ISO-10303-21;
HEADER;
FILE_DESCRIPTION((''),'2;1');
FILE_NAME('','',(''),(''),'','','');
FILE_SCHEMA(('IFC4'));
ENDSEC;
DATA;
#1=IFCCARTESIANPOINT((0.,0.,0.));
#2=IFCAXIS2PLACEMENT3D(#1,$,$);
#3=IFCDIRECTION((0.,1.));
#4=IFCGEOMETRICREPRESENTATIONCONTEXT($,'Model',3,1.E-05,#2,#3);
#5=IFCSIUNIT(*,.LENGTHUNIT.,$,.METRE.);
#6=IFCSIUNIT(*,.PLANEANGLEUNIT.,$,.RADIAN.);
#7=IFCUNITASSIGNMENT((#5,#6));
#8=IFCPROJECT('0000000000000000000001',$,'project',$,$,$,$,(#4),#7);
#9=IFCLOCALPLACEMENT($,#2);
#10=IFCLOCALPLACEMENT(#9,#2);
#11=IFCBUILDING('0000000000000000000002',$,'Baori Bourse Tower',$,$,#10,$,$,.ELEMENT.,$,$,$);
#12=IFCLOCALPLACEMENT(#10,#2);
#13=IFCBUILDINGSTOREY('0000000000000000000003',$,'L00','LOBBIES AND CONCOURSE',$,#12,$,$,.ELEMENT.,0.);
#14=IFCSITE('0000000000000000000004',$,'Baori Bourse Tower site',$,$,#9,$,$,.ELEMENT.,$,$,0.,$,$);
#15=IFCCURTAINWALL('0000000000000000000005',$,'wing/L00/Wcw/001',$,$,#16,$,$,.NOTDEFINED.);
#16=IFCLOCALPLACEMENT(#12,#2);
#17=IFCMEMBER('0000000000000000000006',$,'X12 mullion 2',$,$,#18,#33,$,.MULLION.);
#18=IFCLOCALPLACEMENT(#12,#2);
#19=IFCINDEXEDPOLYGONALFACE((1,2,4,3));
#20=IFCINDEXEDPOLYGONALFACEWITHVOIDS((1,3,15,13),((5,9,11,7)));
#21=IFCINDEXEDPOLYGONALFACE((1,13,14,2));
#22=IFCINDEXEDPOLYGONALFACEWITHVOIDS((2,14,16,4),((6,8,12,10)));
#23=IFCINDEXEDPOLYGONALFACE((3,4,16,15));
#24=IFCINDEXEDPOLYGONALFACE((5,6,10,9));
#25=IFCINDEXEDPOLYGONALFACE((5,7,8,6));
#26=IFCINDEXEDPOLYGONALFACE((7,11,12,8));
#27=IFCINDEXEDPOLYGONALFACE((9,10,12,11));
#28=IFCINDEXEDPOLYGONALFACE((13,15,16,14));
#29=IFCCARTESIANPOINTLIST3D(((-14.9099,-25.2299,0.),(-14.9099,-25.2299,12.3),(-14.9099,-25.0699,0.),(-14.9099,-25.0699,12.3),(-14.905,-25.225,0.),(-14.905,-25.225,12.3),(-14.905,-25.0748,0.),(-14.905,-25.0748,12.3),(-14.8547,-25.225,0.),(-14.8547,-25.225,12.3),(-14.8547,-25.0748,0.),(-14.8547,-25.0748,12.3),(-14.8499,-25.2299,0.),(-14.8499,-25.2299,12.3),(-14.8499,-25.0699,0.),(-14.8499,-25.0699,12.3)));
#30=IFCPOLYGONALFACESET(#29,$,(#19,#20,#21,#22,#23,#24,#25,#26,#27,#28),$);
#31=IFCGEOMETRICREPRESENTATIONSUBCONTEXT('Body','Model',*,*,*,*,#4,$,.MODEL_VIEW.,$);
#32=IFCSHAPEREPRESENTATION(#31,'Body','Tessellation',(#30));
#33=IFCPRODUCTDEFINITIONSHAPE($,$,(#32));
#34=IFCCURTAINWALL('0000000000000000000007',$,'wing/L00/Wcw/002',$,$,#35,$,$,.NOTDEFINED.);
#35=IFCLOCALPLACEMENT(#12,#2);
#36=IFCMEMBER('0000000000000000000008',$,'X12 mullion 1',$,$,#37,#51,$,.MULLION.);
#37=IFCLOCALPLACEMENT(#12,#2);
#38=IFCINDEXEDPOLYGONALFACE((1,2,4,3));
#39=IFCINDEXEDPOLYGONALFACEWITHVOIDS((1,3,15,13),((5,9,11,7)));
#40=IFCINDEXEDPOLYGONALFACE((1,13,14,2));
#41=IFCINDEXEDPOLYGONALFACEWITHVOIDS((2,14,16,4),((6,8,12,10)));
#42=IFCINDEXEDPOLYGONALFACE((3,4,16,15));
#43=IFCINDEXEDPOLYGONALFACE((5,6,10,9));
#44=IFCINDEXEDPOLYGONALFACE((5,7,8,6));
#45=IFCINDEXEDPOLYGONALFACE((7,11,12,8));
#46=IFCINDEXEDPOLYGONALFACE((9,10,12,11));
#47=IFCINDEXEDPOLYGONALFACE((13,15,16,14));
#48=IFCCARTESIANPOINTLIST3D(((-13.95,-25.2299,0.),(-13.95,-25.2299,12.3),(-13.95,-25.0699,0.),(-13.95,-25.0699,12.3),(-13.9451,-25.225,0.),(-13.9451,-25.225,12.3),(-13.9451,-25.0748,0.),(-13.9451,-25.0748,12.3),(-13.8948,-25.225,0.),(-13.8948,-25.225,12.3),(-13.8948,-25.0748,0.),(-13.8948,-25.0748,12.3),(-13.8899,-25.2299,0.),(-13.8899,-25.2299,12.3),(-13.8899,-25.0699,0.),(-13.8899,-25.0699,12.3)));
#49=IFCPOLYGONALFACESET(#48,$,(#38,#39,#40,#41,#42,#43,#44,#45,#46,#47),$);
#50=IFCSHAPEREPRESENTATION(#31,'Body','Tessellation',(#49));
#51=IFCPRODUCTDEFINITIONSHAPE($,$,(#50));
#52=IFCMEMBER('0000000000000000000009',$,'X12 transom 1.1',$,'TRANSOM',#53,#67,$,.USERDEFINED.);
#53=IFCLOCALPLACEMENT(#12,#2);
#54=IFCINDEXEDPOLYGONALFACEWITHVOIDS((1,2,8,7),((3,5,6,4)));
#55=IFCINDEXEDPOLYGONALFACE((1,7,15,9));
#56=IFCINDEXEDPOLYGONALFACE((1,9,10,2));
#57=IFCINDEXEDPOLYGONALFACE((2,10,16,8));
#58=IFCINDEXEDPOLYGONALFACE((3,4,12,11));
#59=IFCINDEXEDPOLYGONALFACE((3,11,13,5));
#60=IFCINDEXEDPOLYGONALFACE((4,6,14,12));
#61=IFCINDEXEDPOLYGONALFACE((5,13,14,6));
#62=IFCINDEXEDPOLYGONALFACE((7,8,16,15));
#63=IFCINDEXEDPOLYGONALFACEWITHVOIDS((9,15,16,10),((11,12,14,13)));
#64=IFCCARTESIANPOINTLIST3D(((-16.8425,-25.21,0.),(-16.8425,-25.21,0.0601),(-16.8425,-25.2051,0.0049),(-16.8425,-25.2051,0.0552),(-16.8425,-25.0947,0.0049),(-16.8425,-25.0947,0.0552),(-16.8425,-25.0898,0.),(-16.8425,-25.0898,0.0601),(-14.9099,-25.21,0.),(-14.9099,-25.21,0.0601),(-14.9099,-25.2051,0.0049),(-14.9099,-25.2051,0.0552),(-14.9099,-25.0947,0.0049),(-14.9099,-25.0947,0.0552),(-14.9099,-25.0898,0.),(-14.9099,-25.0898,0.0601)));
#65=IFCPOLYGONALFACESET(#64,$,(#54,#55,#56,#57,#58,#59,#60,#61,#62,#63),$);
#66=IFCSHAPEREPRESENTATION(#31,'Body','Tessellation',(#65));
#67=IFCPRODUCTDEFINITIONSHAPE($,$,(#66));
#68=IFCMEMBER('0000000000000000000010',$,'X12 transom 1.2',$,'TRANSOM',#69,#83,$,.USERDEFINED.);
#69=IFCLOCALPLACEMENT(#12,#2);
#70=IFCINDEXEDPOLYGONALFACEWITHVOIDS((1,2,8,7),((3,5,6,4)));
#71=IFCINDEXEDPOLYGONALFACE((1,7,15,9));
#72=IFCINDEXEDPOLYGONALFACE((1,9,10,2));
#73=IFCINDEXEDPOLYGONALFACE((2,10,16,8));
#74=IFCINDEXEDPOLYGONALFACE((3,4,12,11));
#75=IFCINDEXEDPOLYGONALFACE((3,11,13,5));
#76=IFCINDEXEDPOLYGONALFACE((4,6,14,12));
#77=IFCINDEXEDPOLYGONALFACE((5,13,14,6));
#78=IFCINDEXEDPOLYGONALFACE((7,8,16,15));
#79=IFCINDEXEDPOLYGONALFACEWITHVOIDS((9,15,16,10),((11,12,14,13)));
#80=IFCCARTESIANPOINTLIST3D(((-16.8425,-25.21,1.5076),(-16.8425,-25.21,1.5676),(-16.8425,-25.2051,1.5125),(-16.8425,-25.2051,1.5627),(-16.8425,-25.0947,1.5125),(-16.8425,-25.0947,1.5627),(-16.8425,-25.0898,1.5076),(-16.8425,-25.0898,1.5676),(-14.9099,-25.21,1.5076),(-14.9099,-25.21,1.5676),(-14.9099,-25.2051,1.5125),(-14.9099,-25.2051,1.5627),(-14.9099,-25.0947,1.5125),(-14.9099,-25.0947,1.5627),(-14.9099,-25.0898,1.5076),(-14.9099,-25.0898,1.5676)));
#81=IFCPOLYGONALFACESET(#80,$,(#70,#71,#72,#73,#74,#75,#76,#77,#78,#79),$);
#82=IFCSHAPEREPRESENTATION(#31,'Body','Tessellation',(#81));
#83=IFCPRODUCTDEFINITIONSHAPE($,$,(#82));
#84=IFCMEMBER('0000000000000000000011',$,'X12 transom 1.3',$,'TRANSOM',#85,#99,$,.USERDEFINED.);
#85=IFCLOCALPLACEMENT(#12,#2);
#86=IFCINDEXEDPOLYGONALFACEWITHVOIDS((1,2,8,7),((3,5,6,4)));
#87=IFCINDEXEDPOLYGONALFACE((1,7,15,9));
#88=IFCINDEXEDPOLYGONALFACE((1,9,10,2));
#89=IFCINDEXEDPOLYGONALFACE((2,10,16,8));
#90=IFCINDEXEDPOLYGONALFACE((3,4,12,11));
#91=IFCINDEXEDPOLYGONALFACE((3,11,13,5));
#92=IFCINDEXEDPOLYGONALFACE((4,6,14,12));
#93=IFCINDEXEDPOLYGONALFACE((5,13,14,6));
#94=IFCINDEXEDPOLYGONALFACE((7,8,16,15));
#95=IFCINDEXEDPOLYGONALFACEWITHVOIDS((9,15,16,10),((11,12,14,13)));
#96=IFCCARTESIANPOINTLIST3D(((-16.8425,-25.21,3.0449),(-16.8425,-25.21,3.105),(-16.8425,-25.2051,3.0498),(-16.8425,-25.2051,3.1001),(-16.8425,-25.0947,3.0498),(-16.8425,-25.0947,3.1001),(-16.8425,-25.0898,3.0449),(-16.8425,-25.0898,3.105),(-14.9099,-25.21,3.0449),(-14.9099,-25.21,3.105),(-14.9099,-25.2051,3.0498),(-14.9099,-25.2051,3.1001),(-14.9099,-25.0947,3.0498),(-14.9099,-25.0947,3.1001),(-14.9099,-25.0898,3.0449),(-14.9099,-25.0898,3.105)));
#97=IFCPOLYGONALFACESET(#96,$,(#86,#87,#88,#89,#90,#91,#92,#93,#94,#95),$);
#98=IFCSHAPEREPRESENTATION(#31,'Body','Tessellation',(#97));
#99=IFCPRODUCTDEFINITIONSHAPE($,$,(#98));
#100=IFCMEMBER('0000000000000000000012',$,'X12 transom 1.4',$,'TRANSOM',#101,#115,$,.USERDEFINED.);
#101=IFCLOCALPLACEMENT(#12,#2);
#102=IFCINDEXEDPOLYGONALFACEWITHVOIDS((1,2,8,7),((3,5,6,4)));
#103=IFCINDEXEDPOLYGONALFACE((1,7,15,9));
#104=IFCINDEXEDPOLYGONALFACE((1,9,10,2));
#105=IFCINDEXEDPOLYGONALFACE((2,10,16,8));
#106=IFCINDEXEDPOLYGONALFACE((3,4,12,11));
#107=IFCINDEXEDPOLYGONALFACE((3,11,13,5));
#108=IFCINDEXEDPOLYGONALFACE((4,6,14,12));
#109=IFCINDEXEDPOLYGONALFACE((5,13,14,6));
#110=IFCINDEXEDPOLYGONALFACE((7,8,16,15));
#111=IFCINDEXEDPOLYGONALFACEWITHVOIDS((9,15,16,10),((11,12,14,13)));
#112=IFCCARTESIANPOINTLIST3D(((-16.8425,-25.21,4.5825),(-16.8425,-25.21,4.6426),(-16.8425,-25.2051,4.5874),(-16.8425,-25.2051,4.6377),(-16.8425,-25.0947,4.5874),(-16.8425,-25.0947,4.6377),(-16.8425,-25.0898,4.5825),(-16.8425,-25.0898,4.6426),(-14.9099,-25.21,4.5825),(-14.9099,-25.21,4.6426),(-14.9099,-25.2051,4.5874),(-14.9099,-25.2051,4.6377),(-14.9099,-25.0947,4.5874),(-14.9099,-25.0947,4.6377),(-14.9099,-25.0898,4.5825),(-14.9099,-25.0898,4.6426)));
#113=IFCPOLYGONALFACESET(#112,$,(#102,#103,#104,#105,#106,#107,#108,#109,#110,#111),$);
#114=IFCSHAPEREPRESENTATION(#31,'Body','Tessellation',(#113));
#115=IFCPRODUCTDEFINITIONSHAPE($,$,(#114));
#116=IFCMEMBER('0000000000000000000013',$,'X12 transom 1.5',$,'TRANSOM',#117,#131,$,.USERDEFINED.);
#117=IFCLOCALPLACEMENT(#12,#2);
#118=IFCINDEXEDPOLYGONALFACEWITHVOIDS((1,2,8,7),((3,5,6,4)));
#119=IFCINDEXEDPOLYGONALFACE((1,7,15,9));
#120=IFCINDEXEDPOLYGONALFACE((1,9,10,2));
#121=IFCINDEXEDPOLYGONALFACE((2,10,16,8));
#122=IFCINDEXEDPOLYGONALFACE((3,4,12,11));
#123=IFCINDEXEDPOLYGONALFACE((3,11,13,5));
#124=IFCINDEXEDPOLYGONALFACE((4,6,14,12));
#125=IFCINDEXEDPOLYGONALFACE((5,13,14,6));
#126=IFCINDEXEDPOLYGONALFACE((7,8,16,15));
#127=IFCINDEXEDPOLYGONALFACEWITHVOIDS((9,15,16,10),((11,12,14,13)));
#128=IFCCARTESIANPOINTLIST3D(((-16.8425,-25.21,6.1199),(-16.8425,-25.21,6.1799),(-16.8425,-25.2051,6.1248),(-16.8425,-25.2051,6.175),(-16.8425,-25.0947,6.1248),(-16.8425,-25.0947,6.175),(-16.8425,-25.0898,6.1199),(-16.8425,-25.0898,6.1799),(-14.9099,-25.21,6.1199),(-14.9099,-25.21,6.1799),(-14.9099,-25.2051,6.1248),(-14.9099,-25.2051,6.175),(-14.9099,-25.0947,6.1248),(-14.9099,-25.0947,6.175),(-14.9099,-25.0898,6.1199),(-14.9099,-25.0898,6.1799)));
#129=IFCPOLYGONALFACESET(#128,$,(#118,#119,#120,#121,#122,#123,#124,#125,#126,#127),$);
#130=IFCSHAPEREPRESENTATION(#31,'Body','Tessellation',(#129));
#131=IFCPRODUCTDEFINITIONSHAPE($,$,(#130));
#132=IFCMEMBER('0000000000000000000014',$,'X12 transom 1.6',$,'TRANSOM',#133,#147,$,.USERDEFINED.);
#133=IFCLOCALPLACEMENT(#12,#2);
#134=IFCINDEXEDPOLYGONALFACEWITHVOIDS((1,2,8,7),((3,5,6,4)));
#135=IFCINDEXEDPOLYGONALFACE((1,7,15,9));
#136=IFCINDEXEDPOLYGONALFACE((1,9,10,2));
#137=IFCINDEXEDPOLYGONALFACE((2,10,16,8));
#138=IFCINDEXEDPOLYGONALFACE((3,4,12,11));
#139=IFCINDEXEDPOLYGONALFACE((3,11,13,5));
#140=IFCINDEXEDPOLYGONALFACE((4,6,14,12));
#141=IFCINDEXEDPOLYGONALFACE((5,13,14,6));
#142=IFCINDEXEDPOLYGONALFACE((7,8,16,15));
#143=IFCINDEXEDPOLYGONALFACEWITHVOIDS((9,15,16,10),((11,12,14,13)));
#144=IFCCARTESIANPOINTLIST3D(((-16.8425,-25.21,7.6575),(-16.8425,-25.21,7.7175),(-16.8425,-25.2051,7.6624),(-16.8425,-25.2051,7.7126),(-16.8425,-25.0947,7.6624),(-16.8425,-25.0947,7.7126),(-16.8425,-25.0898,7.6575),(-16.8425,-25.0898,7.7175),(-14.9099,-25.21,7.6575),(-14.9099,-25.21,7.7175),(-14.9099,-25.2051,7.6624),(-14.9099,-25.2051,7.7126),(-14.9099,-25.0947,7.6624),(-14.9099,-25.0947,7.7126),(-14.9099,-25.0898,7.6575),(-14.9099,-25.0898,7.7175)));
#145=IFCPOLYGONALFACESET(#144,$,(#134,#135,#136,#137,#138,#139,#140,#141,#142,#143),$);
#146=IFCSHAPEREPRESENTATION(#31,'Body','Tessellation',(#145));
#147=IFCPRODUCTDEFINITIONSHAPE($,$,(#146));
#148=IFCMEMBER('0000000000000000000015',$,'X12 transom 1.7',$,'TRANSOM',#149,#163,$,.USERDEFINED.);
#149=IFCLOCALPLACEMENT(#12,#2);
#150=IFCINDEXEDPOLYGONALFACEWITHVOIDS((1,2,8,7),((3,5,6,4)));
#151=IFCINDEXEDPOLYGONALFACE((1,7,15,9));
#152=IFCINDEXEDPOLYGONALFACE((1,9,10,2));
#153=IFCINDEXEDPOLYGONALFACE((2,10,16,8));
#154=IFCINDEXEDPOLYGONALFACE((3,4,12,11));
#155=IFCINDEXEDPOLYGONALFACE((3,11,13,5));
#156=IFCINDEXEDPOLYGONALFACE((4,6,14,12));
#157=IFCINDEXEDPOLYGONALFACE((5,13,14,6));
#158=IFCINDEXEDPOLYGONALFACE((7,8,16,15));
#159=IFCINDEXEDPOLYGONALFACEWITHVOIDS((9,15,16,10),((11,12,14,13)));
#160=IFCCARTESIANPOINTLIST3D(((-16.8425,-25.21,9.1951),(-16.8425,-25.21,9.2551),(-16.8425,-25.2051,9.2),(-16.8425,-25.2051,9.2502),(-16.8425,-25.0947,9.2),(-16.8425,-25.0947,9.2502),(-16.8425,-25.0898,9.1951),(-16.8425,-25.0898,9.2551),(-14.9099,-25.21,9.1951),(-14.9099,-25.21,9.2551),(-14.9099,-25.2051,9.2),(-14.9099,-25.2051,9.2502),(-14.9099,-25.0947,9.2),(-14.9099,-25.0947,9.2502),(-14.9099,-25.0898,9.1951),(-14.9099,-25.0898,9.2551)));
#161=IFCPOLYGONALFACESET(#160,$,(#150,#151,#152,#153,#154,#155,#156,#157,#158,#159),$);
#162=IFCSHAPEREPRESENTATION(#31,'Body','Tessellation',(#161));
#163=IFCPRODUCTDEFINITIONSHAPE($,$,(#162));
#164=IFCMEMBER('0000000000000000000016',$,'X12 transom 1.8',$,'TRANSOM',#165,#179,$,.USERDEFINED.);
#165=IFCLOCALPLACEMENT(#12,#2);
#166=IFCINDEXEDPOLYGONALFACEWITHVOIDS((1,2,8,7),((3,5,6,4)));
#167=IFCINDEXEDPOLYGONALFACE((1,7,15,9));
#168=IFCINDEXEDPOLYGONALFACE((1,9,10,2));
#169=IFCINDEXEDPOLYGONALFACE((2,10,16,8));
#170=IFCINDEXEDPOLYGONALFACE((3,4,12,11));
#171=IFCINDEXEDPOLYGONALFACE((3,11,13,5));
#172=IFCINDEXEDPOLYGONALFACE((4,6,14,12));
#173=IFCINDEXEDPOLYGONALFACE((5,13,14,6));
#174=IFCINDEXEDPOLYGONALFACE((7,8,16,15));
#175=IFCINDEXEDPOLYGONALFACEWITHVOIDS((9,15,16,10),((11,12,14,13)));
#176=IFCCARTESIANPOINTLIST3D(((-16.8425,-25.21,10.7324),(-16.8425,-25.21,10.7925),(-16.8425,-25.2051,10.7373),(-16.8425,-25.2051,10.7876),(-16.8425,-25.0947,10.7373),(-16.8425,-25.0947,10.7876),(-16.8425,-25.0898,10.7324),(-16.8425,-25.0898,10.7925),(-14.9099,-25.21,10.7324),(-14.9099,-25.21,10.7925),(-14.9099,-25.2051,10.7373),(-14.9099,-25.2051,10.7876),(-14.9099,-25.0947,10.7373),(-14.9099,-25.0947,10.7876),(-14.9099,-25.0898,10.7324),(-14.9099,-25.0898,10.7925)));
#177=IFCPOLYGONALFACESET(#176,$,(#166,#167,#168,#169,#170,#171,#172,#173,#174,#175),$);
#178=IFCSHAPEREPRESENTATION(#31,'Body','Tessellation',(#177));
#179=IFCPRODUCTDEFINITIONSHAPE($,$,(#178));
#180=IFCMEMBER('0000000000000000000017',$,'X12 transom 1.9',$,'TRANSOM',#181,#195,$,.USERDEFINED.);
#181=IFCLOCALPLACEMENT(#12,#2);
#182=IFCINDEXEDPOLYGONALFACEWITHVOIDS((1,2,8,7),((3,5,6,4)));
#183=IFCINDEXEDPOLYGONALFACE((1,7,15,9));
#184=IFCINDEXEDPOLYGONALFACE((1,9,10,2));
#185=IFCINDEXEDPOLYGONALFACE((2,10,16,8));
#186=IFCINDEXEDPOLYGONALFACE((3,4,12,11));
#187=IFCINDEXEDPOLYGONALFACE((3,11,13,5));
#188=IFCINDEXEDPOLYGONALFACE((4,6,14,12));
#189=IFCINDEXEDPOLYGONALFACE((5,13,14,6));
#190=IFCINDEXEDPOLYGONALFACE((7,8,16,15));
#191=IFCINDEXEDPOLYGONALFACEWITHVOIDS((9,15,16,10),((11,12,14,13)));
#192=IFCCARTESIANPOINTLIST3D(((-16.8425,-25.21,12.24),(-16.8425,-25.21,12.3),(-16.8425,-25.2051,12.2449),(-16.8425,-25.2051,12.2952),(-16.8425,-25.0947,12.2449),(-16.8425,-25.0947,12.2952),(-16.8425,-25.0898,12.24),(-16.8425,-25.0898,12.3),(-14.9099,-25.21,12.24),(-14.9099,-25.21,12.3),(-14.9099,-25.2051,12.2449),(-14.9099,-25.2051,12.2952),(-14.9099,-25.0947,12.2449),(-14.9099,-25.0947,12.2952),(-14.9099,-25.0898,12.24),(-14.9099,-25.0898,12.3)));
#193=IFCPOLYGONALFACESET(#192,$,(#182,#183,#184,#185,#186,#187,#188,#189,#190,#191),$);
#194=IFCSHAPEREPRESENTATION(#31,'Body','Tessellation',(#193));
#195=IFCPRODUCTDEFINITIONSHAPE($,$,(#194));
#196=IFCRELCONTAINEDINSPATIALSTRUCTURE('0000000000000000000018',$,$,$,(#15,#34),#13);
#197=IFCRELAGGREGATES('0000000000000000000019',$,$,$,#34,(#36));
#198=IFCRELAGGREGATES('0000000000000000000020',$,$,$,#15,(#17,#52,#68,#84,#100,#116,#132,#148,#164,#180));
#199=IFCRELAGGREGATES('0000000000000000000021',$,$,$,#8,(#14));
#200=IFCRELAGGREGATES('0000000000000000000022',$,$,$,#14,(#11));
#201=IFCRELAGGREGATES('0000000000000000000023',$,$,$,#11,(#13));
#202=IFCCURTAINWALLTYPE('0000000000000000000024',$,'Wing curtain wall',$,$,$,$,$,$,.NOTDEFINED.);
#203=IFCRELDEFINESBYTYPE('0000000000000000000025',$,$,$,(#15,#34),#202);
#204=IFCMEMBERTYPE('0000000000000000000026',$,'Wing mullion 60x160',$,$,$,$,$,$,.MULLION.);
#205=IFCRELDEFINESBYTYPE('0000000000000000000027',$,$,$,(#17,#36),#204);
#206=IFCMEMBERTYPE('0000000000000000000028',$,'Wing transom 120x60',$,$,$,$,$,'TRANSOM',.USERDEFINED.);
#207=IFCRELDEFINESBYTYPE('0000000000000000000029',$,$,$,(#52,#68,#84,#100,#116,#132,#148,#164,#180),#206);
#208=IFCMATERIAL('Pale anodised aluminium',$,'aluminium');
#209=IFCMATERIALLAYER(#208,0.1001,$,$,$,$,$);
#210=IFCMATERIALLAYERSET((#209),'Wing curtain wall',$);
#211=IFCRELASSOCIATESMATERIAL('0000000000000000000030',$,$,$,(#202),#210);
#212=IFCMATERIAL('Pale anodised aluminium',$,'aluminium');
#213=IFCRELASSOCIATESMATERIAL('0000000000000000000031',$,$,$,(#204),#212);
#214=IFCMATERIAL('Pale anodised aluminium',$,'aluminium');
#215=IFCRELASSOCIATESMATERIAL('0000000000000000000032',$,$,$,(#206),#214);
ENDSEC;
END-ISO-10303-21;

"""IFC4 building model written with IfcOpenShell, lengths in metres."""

from ifc_helpers import new_model, si_unit, direction, frame, origin, origin_2d, place, context, subcontext, project, spatial, hollow_rectangle, extrude, material, layer, layer_set, material_profile, profile_set, type_object, element, aggregate, save


model = new_model("IFC4")

# Units and contexts
model_context = context("Model", 3, precision=1e-05, world=origin(), true_north=direction((0.0, 1.0)))
body_context = subcontext(model_context, "Body", "Model", "MODEL_VIEW")
ifc_project = project(units=[si_unit("LENGTHUNIT", "METRE"), si_unit("PLANEANGLEUNIT", "RADIAN")], contexts=[model_context])

# Site, building, storey
site_placement = place(None, origin())
site = spatial("IfcSite", under=ifc_project, at=site_placement, Name="Baori Bourse Tower site", CompositionType="ELEMENT", RefElevation=0.0)
building_placement = place(site_placement, origin())
building = spatial("IfcBuilding", under=site, at=building_placement, Name="Baori Bourse Tower", CompositionType="ELEMENT")
storey_placement = place(building_placement, origin())
storey = spatial("IfcBuildingStorey", under=building, at=storey_placement, Name="L00", Description="LOBBIES AND CONCOURSE", CompositionType="ELEMENT", Elevation=0.0)

# Curtain wall, member
ifc_material_1 = material(Name="Pale anodised aluminium", Category="aluminium")
ifc_layer_1 = layer(ifc_material_1, 0.1001)
ifc_layer_set_1 = layer_set([ifc_layer_1], Name="Wing curtain wall")
curtain_wall_type = type_object("IfcCurtainWallType", Name="Wing curtain wall", PredefinedType="NOTDEFINED", material=ifc_layer_set_1)
curtain_wall_1_placement = place(storey_placement, origin())
curtain_wall_1 = element("IfcCurtainWall", 1, at=curtain_wall_1_placement, inside=storey, type_object=curtain_wall_type, Name="wing/L00/Wcw/001", PredefinedType="NOTDEFINED")
ifc_material_2 = material(Name="Pale anodised aluminium", Category="aluminium")
ifc_material_profile_1 = material_profile(ifc_material_2, hollow_rectangle(XDim=0.1599, YDim=0.0601, WallThickness=0.0049, at=origin_2d()), Name="Mullion 160x60x5")
ifc_profile_set_1 = profile_set([ifc_material_profile_1], Name="Pale anodised aluminium")
member_type_1 = type_object("IfcMemberType", Name="Wing mullion 60x160", PredefinedType="MULLION", material=ifc_profile_set_1)
member_1_placement = place(storey_placement, frame((-14.8799, -25.1499, 0.0), z_axis=(0.0, 0.0, 1.0), x_axis=(0.0, 1.0, 0.0)))
member_1 = element("IfcMember", 2, at=member_1_placement, type_object=member_type_1, Name="X12 mullion 2", PredefinedType="MULLION", context=body_context, shape_type="SweptSolid", body=[
    extrude(hollow_rectangle(XDim=0.1599, YDim=0.0601, WallThickness=0.0049, at=origin_2d()), origin(), (0.0, 0.0, 1.0), 12.3),
])

# Curtain wall, member
curtain_wall_2_placement = place(storey_placement, origin())
curtain_wall_2 = element("IfcCurtainWall", 3, at=curtain_wall_2_placement, inside=storey, type_object=curtain_wall_type, Name="wing/L00/Wcw/002", PredefinedType="NOTDEFINED")
member_2_placement = place(storey_placement, frame((-13.9199, -25.1499, 0.0), z_axis=(0.0, 0.0, 1.0), x_axis=(0.0, 1.0, 0.0)))
member_2 = element("IfcMember", 4, at=member_2_placement, type_object=member_type_1, Name="X12 mullion 1", PredefinedType="MULLION", context=body_context, shape_type="SweptSolid", body=[
    extrude(hollow_rectangle(XDim=0.1599, YDim=0.0601, WallThickness=0.0049, at=origin_2d()), origin(), (0.0, 0.0, 1.0), 12.3),
])

# Members
ifc_material_3 = material(Name="Pale anodised aluminium", Category="aluminium")
ifc_material_profile_2 = material_profile(ifc_material_3, hollow_rectangle(XDim=0.1201, YDim=0.0601, WallThickness=0.0049, at=origin_2d()), Name="Transom 120x60x5")
ifc_profile_set_2 = profile_set([ifc_material_profile_2], Name="Pale anodised aluminium")
member_type_2 = type_object("IfcMemberType", Name="Wing transom 120x60", ElementType="TRANSOM", PredefinedType="USERDEFINED", material=ifc_profile_set_2)
member_3_placement = place(storey_placement, frame((-16.8425, -25.1499, 0.03), z_axis=(1.0, 0.0, 0.0), x_axis=(0.0, 1.0, 0.0)))
member_3 = element("IfcMember", 5, at=member_3_placement, type_object=member_type_2, Name="X12 transom 1.1", ObjectType="TRANSOM", PredefinedType="USERDEFINED", context=body_context, shape_type="SweptSolid", body=[
    extrude(hollow_rectangle(XDim=0.1201, YDim=0.0601, WallThickness=0.0049, at=origin_2d()), origin(), (0.0, 0.0, 1.0), 1.9326),
])
member_4_placement = place(storey_placement, frame((-16.8425, -25.1499, 1.5376), z_axis=(1.0, 0.0, 0.0), x_axis=(0.0, 1.0, 0.0)))
member_4 = element("IfcMember", 6, at=member_4_placement, type_object=member_type_2, Name="X12 transom 1.2", ObjectType="TRANSOM", PredefinedType="USERDEFINED", context=body_context, shape_type="SweptSolid", body=[
    extrude(hollow_rectangle(XDim=0.1201, YDim=0.0601, WallThickness=0.0049, at=origin_2d()), origin(), (0.0, 0.0, 1.0), 1.9326),
])
member_5_placement = place(storey_placement, frame((-16.8425, -25.1499, 3.075), z_axis=(1.0, 0.0, 0.0), x_axis=(0.0, 1.0, 0.0)))
member_5 = element("IfcMember", 7, at=member_5_placement, type_object=member_type_2, Name="X12 transom 1.3", ObjectType="TRANSOM", PredefinedType="USERDEFINED", context=body_context, shape_type="SweptSolid", body=[
    extrude(hollow_rectangle(XDim=0.1201, YDim=0.0601, WallThickness=0.0049, at=origin_2d()), origin(), (0.0, 0.0, 1.0), 1.9326),
])
member_6_placement = place(storey_placement, frame((-16.8425, -25.1499, 4.6125), z_axis=(1.0, 0.0, 0.0), x_axis=(0.0, 1.0, 0.0)))
member_6 = element("IfcMember", 8, at=member_6_placement, type_object=member_type_2, Name="X12 transom 1.4", ObjectType="TRANSOM", PredefinedType="USERDEFINED", context=body_context, shape_type="SweptSolid", body=[
    extrude(hollow_rectangle(XDim=0.1201, YDim=0.0601, WallThickness=0.0049, at=origin_2d()), origin(), (0.0, 0.0, 1.0), 1.9326),
])
member_7_placement = place(storey_placement, frame((-16.8425, -25.1499, 6.1499), z_axis=(1.0, 0.0, 0.0), x_axis=(0.0, 1.0, 0.0)))
member_7 = element("IfcMember", 9, at=member_7_placement, type_object=member_type_2, Name="X12 transom 1.5", ObjectType="TRANSOM", PredefinedType="USERDEFINED", context=body_context, shape_type="SweptSolid", body=[
    extrude(hollow_rectangle(XDim=0.1201, YDim=0.0601, WallThickness=0.0049, at=origin_2d()), origin(), (0.0, 0.0, 1.0), 1.9326),
])
member_8_placement = place(storey_placement, frame((-16.8425, -25.1499, 7.6875), z_axis=(1.0, 0.0, 0.0), x_axis=(0.0, 1.0, 0.0)))
member_8 = element("IfcMember", 10, at=member_8_placement, type_object=member_type_2, Name="X12 transom 1.6", ObjectType="TRANSOM", PredefinedType="USERDEFINED", context=body_context, shape_type="SweptSolid", body=[
    extrude(hollow_rectangle(XDim=0.1201, YDim=0.0601, WallThickness=0.0049, at=origin_2d()), origin(), (0.0, 0.0, 1.0), 1.9326),
])
member_9_placement = place(storey_placement, frame((-16.8425, -25.1499, 9.2251), z_axis=(1.0, 0.0, 0.0), x_axis=(0.0, 1.0, 0.0)))
member_9 = element("IfcMember", 11, at=member_9_placement, type_object=member_type_2, Name="X12 transom 1.7", ObjectType="TRANSOM", PredefinedType="USERDEFINED", context=body_context, shape_type="SweptSolid", body=[
    extrude(hollow_rectangle(XDim=0.1201, YDim=0.0601, WallThickness=0.0049, at=origin_2d()), origin(), (0.0, 0.0, 1.0), 1.9326),
])
member_10_placement = place(storey_placement, frame((-16.8425, -25.1499, 10.7625), z_axis=(1.0, 0.0, 0.0), x_axis=(0.0, 1.0, 0.0)))
member_10 = element("IfcMember", 12, at=member_10_placement, type_object=member_type_2, Name="X12 transom 1.8", ObjectType="TRANSOM", PredefinedType="USERDEFINED", context=body_context, shape_type="SweptSolid", body=[
    extrude(hollow_rectangle(XDim=0.1201, YDim=0.0601, WallThickness=0.0049, at=origin_2d()), origin(), (0.0, 0.0, 1.0), 1.9326),
])
member_11_placement = place(storey_placement, frame((-16.8425, -25.1499, 12.27), z_axis=(1.0, 0.0, 0.0), x_axis=(0.0, 1.0, 0.0)))
member_11 = element("IfcMember", 13, at=member_11_placement, type_object=member_type_2, Name="X12 transom 1.9", ObjectType="TRANSOM", PredefinedType="USERDEFINED", context=body_context, shape_type="SweptSolid", body=[
    extrude(hollow_rectangle(XDim=0.1201, YDim=0.0601, WallThickness=0.0049, at=origin_2d()), origin(), (0.0, 0.0, 1.0), 1.9326),
])
aggregate(curtain_wall_2, [member_2])

aggregate(curtain_wall_1, [member_1, member_3, member_4, member_5, member_6, member_7, member_8, member_9, member_10, member_11])

save(model, "model.ifc")
